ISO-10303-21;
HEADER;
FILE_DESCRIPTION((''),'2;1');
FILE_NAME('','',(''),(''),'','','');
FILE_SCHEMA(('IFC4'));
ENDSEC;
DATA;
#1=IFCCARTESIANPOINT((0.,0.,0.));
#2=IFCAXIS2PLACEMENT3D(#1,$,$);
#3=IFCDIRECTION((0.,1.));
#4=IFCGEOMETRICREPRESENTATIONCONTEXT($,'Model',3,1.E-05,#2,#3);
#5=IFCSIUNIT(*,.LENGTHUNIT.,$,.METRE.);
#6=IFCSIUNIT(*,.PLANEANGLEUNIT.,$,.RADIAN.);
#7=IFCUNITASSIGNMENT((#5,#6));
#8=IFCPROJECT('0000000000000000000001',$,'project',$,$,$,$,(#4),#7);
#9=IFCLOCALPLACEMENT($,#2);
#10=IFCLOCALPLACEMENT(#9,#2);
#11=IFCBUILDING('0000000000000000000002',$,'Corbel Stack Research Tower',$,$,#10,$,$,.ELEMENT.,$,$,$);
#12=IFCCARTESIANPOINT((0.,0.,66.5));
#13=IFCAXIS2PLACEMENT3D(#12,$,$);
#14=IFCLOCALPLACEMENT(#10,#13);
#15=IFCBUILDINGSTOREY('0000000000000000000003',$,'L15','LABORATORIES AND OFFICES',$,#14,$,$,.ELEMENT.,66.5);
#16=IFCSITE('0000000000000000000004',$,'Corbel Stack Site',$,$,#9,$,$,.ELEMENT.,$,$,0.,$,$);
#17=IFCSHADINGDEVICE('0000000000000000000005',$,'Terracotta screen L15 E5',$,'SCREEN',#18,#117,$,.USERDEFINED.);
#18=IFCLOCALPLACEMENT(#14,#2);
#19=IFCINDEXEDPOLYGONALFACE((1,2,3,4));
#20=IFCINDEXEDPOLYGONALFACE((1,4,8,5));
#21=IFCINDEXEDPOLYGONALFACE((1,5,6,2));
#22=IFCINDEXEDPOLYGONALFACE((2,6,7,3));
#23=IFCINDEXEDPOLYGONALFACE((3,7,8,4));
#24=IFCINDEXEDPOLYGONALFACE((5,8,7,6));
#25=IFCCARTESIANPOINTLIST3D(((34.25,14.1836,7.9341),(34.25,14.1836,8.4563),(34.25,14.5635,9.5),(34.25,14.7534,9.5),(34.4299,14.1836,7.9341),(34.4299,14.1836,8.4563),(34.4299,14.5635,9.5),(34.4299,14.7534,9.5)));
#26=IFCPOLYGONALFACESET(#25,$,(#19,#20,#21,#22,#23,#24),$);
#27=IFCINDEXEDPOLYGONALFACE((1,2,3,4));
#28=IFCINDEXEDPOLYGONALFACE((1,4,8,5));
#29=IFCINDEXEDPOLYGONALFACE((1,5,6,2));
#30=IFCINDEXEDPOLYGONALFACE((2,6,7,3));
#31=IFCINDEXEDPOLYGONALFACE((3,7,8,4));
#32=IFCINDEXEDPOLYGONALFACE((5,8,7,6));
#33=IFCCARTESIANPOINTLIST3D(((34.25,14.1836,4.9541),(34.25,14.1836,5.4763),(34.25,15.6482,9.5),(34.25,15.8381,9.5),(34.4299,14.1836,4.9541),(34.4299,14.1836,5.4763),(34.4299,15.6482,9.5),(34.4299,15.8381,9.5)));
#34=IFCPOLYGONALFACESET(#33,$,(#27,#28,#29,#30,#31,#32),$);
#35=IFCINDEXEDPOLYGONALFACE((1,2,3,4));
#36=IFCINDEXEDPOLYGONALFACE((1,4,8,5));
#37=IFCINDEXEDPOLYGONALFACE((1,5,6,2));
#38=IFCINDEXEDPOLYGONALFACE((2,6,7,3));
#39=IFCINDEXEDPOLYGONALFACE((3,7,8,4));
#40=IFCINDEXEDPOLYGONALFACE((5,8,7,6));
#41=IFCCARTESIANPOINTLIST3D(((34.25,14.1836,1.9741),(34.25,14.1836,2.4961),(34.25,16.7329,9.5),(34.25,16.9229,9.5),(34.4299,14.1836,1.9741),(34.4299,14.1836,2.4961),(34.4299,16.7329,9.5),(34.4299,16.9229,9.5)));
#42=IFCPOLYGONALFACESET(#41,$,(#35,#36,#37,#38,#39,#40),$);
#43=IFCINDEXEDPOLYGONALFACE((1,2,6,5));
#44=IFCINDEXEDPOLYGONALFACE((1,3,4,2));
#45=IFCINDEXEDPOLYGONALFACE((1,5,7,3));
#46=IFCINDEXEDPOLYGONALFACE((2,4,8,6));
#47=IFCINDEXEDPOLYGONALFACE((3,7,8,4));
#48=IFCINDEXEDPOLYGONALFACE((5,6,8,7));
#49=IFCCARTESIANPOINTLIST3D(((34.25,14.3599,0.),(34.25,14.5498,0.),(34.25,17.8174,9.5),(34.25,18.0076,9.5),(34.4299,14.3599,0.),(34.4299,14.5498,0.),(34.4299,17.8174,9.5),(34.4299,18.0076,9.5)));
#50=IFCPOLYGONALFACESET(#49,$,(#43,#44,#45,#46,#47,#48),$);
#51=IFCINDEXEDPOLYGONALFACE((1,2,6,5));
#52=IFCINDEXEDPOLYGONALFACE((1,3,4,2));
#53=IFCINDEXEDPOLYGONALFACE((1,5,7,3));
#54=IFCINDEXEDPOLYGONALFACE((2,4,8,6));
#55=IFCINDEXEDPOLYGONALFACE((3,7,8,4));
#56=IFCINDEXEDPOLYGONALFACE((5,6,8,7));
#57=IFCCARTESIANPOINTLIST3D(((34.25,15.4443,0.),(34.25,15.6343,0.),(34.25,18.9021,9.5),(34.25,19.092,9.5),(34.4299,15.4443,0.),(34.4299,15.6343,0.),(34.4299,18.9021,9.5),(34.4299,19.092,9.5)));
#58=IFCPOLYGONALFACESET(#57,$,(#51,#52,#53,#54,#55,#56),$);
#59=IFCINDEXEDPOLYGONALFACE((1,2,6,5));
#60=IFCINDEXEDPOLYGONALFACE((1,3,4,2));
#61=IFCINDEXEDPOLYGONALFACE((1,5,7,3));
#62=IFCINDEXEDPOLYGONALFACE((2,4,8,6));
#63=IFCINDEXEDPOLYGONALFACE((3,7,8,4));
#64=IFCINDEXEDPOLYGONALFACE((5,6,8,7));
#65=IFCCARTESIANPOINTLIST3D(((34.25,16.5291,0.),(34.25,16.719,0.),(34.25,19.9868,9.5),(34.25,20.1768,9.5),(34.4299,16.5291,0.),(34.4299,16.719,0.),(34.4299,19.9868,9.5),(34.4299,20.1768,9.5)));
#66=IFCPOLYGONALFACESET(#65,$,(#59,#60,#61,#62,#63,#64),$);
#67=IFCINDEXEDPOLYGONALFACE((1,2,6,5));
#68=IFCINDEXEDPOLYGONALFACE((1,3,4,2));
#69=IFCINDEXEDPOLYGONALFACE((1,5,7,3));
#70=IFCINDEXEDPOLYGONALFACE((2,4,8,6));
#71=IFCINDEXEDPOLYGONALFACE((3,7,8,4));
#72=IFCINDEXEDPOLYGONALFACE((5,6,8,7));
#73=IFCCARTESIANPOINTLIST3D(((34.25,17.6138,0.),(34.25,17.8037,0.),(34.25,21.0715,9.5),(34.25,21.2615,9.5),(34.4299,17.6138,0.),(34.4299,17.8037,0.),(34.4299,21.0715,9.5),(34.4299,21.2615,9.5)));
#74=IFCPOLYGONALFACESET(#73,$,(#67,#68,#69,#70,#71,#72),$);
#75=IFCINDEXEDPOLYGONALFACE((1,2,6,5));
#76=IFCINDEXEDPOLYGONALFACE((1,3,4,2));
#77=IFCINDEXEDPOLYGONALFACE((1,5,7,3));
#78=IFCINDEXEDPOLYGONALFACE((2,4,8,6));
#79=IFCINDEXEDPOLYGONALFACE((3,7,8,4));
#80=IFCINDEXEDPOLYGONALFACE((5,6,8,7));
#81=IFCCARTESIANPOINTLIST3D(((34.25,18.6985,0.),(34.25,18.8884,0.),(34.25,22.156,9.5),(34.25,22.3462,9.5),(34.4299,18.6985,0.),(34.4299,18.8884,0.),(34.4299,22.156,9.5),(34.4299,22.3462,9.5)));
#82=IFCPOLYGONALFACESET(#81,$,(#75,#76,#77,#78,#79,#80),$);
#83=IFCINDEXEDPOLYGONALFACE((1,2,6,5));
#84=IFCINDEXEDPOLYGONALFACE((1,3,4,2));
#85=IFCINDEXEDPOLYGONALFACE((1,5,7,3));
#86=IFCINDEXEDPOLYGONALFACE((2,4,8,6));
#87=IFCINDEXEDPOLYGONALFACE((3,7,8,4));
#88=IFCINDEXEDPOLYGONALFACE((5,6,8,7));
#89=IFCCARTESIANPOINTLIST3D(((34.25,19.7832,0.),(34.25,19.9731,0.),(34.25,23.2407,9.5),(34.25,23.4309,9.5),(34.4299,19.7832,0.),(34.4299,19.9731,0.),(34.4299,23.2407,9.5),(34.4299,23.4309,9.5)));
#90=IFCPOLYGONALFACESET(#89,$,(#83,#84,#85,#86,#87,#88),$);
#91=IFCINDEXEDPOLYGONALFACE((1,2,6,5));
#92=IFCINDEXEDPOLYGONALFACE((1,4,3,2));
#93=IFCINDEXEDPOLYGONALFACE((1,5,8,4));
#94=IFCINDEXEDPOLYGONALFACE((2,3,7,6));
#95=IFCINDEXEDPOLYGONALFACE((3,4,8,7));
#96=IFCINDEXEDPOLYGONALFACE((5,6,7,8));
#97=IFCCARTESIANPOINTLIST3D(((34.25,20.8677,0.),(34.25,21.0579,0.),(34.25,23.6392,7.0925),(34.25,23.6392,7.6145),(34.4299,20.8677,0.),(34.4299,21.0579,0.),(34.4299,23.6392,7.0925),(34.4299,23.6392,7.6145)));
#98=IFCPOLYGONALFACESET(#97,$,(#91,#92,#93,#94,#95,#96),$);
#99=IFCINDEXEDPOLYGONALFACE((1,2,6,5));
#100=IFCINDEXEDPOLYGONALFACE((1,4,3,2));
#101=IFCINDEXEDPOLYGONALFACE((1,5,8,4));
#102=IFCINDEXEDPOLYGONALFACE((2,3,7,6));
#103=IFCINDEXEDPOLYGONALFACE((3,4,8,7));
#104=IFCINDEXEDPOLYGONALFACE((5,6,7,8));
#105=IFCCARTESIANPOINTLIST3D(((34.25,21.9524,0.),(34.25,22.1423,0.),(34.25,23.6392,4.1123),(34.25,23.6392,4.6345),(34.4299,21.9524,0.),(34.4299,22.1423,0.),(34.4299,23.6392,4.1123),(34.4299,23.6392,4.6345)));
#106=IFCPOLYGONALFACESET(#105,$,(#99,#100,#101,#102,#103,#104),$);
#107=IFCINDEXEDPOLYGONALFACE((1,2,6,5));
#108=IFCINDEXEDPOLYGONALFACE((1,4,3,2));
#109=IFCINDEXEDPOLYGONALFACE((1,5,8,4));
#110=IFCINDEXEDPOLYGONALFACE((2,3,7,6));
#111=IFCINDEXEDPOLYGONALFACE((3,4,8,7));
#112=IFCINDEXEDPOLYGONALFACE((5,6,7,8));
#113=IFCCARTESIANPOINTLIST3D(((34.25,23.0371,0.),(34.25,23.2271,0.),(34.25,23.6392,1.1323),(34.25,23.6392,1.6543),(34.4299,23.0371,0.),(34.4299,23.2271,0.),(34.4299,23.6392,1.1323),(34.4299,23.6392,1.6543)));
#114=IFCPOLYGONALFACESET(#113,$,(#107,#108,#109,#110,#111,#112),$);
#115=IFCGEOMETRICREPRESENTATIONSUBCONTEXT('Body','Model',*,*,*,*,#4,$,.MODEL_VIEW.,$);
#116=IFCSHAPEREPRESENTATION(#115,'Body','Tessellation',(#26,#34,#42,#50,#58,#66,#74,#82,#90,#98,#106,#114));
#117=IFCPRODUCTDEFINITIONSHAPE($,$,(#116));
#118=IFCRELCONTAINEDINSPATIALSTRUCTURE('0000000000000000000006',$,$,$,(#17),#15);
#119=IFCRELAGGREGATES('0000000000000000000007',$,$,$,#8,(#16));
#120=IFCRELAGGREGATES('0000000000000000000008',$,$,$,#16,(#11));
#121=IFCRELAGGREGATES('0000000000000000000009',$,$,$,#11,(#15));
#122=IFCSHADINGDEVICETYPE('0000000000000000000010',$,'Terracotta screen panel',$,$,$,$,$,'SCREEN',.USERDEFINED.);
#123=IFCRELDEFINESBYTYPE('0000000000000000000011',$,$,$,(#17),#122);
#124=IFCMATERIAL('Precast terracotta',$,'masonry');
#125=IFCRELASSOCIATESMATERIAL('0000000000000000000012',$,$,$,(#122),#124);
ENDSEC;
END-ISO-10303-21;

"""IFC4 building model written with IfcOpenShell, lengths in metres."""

from ifc_helpers import new_model, si_unit, direction, frame, origin, place, context, subcontext, project, spatial, polyline, outline, extrude, source, transform, mapped, material, type_object, element, save


model = new_model("IFC4")

# Units and contexts
model_context = context("Model", 3, precision=1e-05, world=origin(), true_north=direction((0.0, 1.0)))
body_context = subcontext(model_context, "Body", "Model", "MODEL_VIEW")
ifc_project = project(units=[si_unit("LENGTHUNIT", "METRE"), si_unit("PLANEANGLEUNIT", "RADIAN")], contexts=[model_context])

# Site, building, storey
site_placement = place(None, origin())
site = spatial("IfcSite", under=ifc_project, at=site_placement, Name="Corbel Stack Site", CompositionType="ELEMENT", RefElevation=0.0)
building_placement = place(site_placement, origin())
building = spatial("IfcBuilding", under=site, at=building_placement, Name="Corbel Stack Research Tower", CompositionType="ELEMENT")
storey_placement = place(building_placement, frame((0.0, 0.0, 66.5)))
storey = spatial("IfcBuildingStorey", under=building, at=storey_placement, Name="L15", Description="LABORATORIES AND OFFICES", CompositionType="ELEMENT", Elevation=66.5)

# Shading device
ifc_material_1 = material(Name="Precast terracotta", Category="masonry")
shading_device_type = type_object("IfcShadingDeviceType", Name="Terracotta screen panel", ElementType="SCREEN", PredefinedType="USERDEFINED", material=ifc_material_1)
shared_shape_1 = source(origin(), body_context, "Body", "SweptSolid", [
    extrude(outline(polyline([(0.5698, 9.5), (0.3799, 9.5), (0.0, 8.4563), (0.0, 7.9341), (0.5698, 9.5)])), frame((0.0, 0.0, 0.0), z_axis=(0.0, -1.0, 0.0), x_axis=(1.0, 0.0, 0.0)), (0.0, 0.0, 1.0), 0.1799),
    extrude(outline(polyline([(1.6545, 9.5), (1.4646, 9.5), (0.0, 5.4763), (0.0, 4.9541), (1.6545, 9.5)])), frame((0.0, 0.0, 0.0), z_axis=(0.0, -1.0, 0.0), x_axis=(1.0, 0.0, 0.0)), (0.0, 0.0, 1.0), 0.1799),
    extrude(outline(polyline([(2.7393, 9.5), (2.5493, 9.5), (0.0, 2.4961), (0.0, 1.9741), (2.7393, 9.5)])), frame((0.0, 0.0, 0.0), z_axis=(0.0, -1.0, 0.0), x_axis=(1.0, 0.0, 0.0)), (0.0, 0.0, 1.0), 0.1799),
    extrude(outline(polyline([(0.3662, 0.0), (3.824, 9.5), (3.6338, 9.5), (0.1763, 0.0), (0.3662, 0.0)])), frame((0.0, 0.0, 0.0), z_axis=(0.0, -1.0, 0.0), x_axis=(1.0, 0.0, 0.0)), (0.0, 0.0, 1.0), 0.1799),
    extrude(outline(polyline([(1.4507, 0.0), (4.9084, 9.5), (4.7185, 9.5), (1.2607, 0.0), (1.4507, 0.0)])), frame((0.0, 0.0, 0.0), z_axis=(0.0, -1.0, 0.0), x_axis=(1.0, 0.0, 0.0)), (0.0, 0.0, 1.0), 0.1799),
    extrude(outline(polyline([(2.5354, 0.0), (5.9932, 9.5), (5.8032, 9.5), (2.3455, 0.0), (2.5354, 0.0)])), frame((0.0, 0.0, 0.0), z_axis=(0.0, -1.0, 0.0), x_axis=(1.0, 0.0, 0.0)), (0.0, 0.0, 1.0), 0.1799),
    extrude(outline(polyline([(3.6201, 0.0), (7.0779, 9.5), (6.8879, 9.5), (3.4302, 0.0), (3.6201, 0.0)])), frame((0.0, 0.0, 0.0), z_axis=(0.0, -1.0, 0.0), x_axis=(1.0, 0.0, 0.0)), (0.0, 0.0, 1.0), 0.1799),
    extrude(outline(polyline([(4.7048, 0.0), (8.1626, 9.5), (7.9724, 9.5), (4.5149, 0.0), (4.7048, 0.0)])), frame((0.0, 0.0, 0.0), z_axis=(0.0, -1.0, 0.0), x_axis=(1.0, 0.0, 0.0)), (0.0, 0.0, 1.0), 0.1799),
    extrude(outline(polyline([(5.7896, 0.0), (9.2473, 9.5), (9.0571, 9.5), (5.5996, 0.0), (5.7896, 0.0)])), frame((0.0, 0.0, 0.0), z_axis=(0.0, -1.0, 0.0), x_axis=(1.0, 0.0, 0.0)), (0.0, 0.0, 1.0), 0.1799),
    extrude(outline(polyline([(6.8743, 0.0), (9.4556, 7.0925), (9.4556, 7.6145), (6.6841, 0.0), (6.8743, 0.0)])), frame((0.0, 0.0, 0.0), z_axis=(0.0, -1.0, 0.0), x_axis=(1.0, 0.0, 0.0)), (0.0, 0.0, 1.0), 0.1799),
    extrude(outline(polyline([(7.9587, 0.0), (9.4556, 4.1123), (9.4556, 4.6345), (7.7688, 0.0), (7.9587, 0.0)])), frame((0.0, 0.0, 0.0), z_axis=(0.0, -1.0, 0.0), x_axis=(1.0, 0.0, 0.0)), (0.0, 0.0, 1.0), 0.1799),
    extrude(outline(polyline([(9.0435, 0.0), (9.4556, 1.1323), (9.4556, 1.6543), (8.8535, 0.0), (9.0435, 0.0)])), frame((0.0, 0.0, 0.0), z_axis=(0.0, -1.0, 0.0), x_axis=(1.0, 0.0, 0.0)), (0.0, 0.0, 1.0), 0.1799),
])
shading_device_1_placement = place(storey_placement, frame((34.25, 14.1836, 0.0), z_axis=(0.0, 0.0, 1.0), x_axis=(0.0, 1.0, 0.0)))
element("IfcShadingDevice", 1, at=shading_device_1_placement, inside=storey, type_object=shading_device_type, Name="Terracotta screen L15 E5", ObjectType="SCREEN", PredefinedType="USERDEFINED", context=body_context, shape_type="MappedRepresentation", body=[
    mapped(shared_shape_1, transform((0.0, 0.0, 0.0))),
])

save(model, "model.ifc")
